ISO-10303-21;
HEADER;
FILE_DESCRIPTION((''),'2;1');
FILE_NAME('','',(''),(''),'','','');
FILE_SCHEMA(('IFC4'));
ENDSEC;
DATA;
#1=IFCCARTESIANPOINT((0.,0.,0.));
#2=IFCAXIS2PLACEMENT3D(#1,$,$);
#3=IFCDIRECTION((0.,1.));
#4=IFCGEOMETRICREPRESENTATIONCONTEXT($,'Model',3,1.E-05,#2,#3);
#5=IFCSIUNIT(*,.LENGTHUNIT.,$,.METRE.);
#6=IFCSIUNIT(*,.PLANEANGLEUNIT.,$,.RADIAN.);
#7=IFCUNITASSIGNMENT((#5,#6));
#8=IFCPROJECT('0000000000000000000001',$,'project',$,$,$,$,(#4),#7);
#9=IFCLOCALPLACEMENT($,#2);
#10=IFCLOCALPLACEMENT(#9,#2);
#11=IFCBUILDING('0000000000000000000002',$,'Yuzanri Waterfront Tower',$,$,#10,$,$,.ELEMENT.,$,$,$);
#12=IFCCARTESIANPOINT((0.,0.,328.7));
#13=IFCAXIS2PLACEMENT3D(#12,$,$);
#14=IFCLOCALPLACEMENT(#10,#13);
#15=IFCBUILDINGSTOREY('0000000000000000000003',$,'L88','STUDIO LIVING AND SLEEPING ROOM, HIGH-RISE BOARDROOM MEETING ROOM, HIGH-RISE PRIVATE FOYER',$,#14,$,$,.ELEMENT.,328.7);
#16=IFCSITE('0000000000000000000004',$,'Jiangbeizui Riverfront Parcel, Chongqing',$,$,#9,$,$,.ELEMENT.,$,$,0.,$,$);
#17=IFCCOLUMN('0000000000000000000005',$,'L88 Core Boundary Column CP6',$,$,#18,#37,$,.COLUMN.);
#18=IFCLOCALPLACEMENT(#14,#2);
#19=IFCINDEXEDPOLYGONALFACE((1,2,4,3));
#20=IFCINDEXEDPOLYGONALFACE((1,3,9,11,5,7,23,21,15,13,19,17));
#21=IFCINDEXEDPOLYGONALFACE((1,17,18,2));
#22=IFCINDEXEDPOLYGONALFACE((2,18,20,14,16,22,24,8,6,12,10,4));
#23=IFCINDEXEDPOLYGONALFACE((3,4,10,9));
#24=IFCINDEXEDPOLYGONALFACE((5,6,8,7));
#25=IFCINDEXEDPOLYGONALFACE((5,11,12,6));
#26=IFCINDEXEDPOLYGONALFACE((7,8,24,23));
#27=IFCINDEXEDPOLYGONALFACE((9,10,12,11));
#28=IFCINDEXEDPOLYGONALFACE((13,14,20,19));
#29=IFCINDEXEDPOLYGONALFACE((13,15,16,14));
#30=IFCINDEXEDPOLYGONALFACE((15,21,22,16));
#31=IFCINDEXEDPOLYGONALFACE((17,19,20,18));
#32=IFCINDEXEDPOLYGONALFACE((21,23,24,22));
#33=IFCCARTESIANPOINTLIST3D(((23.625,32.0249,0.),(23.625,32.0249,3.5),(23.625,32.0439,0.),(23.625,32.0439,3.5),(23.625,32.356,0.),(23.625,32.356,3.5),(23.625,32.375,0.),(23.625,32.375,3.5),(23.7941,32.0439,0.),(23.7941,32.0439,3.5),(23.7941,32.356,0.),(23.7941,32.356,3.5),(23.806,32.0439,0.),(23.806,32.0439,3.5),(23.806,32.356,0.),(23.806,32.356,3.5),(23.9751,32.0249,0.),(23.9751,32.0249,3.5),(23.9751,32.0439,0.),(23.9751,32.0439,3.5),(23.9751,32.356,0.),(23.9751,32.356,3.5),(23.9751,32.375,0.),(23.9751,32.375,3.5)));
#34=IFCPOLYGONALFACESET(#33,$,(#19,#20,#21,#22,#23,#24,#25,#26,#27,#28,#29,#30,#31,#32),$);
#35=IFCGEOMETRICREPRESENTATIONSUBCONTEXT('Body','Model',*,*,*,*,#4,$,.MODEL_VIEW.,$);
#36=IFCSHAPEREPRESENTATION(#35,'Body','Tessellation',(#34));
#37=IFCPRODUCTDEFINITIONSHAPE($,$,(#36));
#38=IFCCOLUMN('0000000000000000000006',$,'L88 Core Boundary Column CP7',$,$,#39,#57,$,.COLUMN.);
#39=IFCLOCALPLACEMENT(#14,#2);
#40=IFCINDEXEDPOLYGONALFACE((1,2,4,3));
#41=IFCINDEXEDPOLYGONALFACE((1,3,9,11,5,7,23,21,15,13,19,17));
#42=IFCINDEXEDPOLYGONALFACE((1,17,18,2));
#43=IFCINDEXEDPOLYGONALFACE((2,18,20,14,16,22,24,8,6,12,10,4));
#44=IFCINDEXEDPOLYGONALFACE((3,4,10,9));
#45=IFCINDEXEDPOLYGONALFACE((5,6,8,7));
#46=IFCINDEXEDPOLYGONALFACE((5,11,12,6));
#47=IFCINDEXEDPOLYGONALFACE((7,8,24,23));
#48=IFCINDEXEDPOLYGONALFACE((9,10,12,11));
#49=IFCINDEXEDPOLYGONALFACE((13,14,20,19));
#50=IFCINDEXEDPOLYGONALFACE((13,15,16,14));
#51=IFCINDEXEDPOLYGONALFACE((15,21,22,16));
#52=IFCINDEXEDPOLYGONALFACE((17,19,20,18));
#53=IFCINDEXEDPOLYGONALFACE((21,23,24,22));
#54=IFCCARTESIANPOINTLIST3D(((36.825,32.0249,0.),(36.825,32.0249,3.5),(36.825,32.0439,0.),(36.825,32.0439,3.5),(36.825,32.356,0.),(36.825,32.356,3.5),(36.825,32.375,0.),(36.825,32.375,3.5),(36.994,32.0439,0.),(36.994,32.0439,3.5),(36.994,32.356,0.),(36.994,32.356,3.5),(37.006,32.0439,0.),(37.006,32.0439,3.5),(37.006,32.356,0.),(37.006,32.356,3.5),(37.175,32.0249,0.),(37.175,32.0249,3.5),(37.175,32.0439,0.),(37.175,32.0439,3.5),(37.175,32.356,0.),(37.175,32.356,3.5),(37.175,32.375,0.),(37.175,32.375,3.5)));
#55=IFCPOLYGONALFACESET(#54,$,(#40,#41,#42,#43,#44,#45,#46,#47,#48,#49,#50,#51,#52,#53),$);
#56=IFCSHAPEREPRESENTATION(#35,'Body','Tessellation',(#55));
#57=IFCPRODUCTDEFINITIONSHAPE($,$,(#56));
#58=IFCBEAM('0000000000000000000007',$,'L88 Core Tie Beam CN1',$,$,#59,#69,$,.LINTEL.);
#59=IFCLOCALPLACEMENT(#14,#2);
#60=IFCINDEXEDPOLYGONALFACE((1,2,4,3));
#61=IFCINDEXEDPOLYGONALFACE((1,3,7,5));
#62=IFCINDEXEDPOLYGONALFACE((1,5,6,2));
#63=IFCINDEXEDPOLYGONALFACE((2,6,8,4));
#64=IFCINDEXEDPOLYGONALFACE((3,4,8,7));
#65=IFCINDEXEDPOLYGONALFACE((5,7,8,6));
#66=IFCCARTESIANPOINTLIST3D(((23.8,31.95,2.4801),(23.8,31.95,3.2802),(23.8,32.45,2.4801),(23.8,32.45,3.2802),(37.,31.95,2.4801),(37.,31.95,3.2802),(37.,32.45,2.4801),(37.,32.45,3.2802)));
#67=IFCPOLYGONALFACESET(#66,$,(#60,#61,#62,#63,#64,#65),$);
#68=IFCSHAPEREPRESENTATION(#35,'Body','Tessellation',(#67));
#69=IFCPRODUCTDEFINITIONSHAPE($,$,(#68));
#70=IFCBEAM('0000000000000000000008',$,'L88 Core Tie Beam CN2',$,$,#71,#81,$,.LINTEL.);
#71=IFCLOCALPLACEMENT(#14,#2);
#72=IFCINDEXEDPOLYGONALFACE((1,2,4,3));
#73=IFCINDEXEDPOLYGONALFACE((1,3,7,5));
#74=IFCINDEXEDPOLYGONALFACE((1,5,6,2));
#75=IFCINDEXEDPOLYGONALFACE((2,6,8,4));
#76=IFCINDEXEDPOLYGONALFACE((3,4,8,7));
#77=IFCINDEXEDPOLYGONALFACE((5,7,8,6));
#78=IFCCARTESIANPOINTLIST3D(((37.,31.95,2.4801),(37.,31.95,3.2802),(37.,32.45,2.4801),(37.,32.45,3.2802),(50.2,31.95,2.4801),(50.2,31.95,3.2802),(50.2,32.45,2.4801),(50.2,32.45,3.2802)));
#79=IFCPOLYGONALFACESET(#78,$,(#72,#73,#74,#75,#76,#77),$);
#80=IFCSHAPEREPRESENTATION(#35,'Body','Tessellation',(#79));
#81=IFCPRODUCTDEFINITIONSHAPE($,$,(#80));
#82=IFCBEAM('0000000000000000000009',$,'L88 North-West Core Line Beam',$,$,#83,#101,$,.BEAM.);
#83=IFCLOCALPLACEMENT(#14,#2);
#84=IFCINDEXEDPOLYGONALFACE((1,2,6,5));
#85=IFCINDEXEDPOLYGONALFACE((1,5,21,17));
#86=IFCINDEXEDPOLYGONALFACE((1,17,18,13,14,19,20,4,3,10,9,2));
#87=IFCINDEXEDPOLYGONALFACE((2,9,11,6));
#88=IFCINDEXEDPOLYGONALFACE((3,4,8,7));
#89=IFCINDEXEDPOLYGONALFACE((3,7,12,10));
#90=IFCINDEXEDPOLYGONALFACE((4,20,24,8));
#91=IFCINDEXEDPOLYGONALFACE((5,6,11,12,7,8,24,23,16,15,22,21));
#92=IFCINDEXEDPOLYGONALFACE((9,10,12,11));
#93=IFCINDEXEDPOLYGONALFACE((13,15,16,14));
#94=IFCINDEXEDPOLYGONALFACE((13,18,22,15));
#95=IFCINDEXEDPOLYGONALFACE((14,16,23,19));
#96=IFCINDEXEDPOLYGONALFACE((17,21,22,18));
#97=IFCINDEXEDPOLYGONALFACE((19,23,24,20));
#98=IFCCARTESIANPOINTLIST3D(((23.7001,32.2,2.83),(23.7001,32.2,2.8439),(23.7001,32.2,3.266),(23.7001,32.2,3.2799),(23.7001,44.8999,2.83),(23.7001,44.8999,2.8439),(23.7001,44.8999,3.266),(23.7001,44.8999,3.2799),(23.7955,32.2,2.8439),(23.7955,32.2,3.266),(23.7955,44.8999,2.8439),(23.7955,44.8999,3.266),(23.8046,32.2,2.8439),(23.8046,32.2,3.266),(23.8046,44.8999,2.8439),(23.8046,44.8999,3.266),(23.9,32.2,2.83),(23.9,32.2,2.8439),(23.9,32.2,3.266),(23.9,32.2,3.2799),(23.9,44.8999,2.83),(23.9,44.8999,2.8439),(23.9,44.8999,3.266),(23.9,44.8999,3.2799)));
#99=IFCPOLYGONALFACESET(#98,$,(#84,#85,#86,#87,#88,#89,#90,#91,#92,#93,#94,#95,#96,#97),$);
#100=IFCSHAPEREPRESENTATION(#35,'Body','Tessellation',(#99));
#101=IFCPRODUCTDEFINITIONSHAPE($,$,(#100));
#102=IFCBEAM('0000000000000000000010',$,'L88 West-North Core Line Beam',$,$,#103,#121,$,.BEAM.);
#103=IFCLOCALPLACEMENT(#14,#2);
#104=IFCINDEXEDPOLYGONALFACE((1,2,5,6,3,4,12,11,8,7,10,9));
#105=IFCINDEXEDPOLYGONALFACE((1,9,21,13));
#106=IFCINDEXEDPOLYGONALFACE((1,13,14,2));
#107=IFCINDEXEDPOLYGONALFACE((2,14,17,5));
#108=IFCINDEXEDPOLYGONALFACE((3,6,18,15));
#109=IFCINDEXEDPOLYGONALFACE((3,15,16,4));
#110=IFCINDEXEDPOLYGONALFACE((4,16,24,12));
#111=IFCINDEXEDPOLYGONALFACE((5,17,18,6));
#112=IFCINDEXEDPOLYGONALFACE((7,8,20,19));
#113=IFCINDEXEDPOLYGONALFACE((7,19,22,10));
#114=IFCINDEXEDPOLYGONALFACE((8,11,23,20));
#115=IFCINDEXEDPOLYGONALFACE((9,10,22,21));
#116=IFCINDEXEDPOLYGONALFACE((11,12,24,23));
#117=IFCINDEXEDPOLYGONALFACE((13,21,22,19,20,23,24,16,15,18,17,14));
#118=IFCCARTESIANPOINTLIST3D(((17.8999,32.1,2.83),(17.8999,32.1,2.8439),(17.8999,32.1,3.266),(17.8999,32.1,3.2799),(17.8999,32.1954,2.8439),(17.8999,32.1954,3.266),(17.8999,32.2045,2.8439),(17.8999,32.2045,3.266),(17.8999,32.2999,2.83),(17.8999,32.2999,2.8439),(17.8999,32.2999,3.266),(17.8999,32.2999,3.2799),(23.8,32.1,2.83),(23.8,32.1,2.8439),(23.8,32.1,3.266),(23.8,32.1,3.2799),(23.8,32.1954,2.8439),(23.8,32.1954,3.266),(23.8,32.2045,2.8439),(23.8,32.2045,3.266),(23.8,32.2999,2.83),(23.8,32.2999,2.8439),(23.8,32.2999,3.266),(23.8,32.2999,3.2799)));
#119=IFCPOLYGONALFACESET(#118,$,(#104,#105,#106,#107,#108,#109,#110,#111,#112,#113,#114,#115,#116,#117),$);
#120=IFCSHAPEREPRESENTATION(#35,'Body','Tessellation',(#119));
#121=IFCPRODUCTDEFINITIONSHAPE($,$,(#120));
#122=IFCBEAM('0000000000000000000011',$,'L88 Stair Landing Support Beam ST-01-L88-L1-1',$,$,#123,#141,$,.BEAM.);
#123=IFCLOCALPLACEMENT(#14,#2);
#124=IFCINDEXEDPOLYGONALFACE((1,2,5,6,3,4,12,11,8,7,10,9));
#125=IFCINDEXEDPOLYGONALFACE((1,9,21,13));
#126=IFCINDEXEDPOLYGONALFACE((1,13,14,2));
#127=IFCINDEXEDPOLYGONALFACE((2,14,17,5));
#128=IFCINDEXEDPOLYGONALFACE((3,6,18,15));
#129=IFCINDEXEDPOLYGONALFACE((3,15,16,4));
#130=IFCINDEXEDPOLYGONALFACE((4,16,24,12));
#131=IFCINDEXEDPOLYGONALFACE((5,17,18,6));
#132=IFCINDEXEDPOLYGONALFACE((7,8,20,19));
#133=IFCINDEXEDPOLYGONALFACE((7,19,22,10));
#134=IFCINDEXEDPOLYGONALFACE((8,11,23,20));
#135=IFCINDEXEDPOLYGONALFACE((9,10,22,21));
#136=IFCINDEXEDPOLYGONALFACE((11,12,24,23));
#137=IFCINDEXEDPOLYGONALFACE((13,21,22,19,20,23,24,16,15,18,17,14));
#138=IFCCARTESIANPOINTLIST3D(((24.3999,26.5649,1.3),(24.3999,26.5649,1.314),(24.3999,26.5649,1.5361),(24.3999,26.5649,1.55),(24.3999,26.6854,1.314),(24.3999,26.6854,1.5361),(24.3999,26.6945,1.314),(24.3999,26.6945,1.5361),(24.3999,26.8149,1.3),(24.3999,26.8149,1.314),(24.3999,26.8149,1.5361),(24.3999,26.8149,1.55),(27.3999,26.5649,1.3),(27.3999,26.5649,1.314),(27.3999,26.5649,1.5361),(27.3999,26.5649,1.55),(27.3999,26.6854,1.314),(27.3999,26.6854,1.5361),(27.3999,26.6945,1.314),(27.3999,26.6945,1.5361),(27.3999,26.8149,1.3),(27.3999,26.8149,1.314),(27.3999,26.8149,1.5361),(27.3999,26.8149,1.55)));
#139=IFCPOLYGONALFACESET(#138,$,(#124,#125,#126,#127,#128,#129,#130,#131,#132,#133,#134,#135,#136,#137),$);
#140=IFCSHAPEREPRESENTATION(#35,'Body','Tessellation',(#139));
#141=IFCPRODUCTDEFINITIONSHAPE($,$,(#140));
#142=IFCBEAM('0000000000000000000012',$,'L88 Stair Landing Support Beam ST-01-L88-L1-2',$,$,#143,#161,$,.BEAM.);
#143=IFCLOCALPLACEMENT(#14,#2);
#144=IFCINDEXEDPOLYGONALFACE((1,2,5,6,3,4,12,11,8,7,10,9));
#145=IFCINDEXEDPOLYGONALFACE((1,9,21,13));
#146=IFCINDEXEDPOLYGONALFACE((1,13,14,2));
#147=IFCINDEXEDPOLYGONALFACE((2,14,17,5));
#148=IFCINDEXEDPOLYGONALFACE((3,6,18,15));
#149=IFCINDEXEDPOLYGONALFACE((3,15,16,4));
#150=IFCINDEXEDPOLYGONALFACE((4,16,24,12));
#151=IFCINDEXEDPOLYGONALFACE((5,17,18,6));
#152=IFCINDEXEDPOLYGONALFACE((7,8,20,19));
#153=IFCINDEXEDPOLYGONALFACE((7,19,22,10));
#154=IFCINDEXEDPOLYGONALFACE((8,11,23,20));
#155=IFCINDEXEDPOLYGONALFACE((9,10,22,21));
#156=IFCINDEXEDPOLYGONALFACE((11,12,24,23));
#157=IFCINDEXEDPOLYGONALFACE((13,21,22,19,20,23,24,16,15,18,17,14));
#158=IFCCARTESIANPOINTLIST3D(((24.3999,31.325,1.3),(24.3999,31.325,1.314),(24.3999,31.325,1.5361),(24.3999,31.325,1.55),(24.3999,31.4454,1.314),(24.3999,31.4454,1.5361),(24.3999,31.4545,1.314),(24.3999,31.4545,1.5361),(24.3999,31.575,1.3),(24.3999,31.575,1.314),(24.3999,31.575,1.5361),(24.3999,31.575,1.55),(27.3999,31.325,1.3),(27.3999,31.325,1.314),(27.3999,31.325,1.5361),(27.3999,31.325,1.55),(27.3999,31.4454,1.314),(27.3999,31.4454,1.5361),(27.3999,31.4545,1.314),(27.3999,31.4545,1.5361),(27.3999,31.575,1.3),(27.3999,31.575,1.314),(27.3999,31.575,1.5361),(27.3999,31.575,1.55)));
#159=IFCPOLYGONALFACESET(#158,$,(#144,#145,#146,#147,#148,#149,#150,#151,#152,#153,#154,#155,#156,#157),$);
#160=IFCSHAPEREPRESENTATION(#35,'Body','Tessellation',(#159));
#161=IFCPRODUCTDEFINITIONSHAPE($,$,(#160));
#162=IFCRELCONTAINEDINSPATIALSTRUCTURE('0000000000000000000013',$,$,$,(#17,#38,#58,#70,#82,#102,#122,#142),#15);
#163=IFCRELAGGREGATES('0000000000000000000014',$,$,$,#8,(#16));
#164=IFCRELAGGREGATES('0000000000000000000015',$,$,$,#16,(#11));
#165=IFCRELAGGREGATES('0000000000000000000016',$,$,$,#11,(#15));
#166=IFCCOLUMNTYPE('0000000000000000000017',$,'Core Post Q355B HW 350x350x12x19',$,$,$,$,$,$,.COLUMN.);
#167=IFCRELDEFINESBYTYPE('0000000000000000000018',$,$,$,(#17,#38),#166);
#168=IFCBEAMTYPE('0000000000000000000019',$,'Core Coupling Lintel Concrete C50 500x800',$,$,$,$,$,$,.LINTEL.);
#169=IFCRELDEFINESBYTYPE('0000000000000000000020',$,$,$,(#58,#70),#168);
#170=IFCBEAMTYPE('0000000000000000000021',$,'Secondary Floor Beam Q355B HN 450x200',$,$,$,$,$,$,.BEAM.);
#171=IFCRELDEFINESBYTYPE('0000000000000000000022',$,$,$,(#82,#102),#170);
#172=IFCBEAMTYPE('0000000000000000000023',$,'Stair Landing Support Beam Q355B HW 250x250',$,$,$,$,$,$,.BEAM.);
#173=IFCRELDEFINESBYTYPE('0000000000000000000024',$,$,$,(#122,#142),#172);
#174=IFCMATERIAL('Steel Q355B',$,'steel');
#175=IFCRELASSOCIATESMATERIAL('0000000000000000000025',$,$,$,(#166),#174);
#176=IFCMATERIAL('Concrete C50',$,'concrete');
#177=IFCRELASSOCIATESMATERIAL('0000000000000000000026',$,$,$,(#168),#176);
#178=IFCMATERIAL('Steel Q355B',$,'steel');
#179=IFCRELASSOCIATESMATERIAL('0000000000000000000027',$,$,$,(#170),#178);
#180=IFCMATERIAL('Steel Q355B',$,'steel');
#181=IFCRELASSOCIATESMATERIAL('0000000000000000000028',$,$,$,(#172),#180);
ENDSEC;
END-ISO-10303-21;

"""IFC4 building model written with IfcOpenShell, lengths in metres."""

from ifc_helpers import new_model, si_unit, direction, frame, origin, origin_2d, place, context, subcontext, project, spatial, rectangle, i_section, extrude, source, transform, mapped, material, material_profile, profile_set, type_object, element, save


model = new_model("IFC4")

# Units and contexts
model_context = context("Model", 3, precision=1e-05, world=origin(), true_north=direction((0.0, 1.0)))
body_context = subcontext(model_context, "Body", "Model", "MODEL_VIEW")
ifc_project = project(units=[si_unit("LENGTHUNIT", "METRE"), si_unit("PLANEANGLEUNIT", "RADIAN")], contexts=[model_context])

# Site, building, storey
site_placement = place(None, origin())
site = spatial("IfcSite", under=ifc_project, at=site_placement, Name="Jiangbeizui Riverfront Parcel, Chongqing", CompositionType="ELEMENT", RefElevation=0.0)
building_placement = place(site_placement, origin())
building = spatial("IfcBuilding", under=site, at=building_placement, Name="Yuzanri Waterfront Tower", CompositionType="ELEMENT")
storey_placement = place(building_placement, frame((0.0, 0.0, 328.7)))
storey = spatial("IfcBuildingStorey", under=building, at=storey_placement, Name="L88", Description="STUDIO LIVING AND SLEEPING ROOM, HIGH-RISE BOARDROOM MEETING ROOM, HIGH-RISE PRIVATE FOYER", CompositionType="ELEMENT", Elevation=328.7)

# Columns
ifc_material_1 = material(Name="Steel Q355B", Category="steel")
ifc_material_profile_1 = material_profile(ifc_material_1, i_section(OverallWidth=0.3501, OverallDepth=0.3501, WebThickness=0.012, FlangeThickness=0.019, at=origin_2d()), Name="HW 350x350x12x19")
ifc_profile_set_1 = profile_set([ifc_material_profile_1], Name="Steel Q355B")
column_type = type_object("IfcColumnType", Name="Core Post Q355B HW 350x350x12x19", PredefinedType="COLUMN", material=ifc_profile_set_1)
shared_shape_1 = source(origin(), body_context, "Body", "SweptSolid", [
    extrude(i_section(OverallWidth=0.3501, OverallDepth=0.3501, WebThickness=0.012, FlangeThickness=0.019, at=origin_2d()), origin(), (0.0, 0.0, 1.0), 3.5),
])
for number, where, z_axis, x_axis, name in (
    (1, (23.8, 32.2, 0.0), (0.0, 0.0, 1.0), (1.0, 0.0, 0.0), "L88 Core Boundary Column CP6"),
    (2, (37.0, 32.2, 0.0), (0.0, 0.0, 1.0), (1.0, 0.0, 0.0), "L88 Core Boundary Column CP7"),
):
    element("IfcColumn", number, at=place(storey_placement, frame(where, z_axis=z_axis, x_axis=x_axis)), inside=storey, type_object=column_type, Name=name, PredefinedType="COLUMN", context=body_context, shape_type="MappedRepresentation", body=[
        mapped(shared_shape_1, transform((0.0, 0.0, 0.0), scale=1.0)),
    ])

# Beams
ifc_material_2 = material(Name="Concrete C50", Category="concrete")
ifc_material_profile_2 = material_profile(ifc_material_2, rectangle(XDim=0.5, YDim=0.8, at=origin_2d()), Name="RC 500x800")
ifc_profile_set_2 = profile_set([ifc_material_profile_2], Name="Concrete C50")
beam_type_1 = type_object("IfcBeamType", Name="Core Coupling Lintel Concrete C50 500x800", PredefinedType="LINTEL", material=ifc_profile_set_2)
shared_shape_2 = source(origin(), body_context, "Body", "SweptSolid", [
    extrude(rectangle(XDim=0.5, YDim=0.8, at=origin_2d()), origin(), (0.0, 0.0, 1.0), 13.2),
])
for number, where, z_axis, x_axis, name in (
    (3, (23.8, 32.2, 2.8801), (1.0, 0.0, 0.0), (0.0, 1.0, 0.0), "L88 Core Tie Beam CN1"),
    (4, (37.0, 32.2, 2.8801), (1.0, 0.0, 0.0), (0.0, 1.0, 0.0), "L88 Core Tie Beam CN2"),
):
    element("IfcBeam", number, at=place(storey_placement, frame(where, z_axis=z_axis, x_axis=x_axis)), inside=storey, type_object=beam_type_1, Name=name, PredefinedType="LINTEL", context=body_context, shape_type="MappedRepresentation", body=[
        mapped(shared_shape_2, transform((0.0, 0.0, 0.0), scale=1.0)),
    ])
ifc_material_3 = material(Name="Steel Q355B", Category="steel")
ifc_material_profile_3 = material_profile(ifc_material_3, i_section(OverallWidth=0.2, OverallDepth=0.45, WebThickness=0.009, FlangeThickness=0.0139, at=origin_2d()), Name="HN 450x200x9x14")
ifc_profile_set_3 = profile_set([ifc_material_profile_3], Name="Steel Q355B")
beam_type_2 = type_object("IfcBeamType", Name="Secondary Floor Beam Q355B HN 450x200", PredefinedType="BEAM", material=ifc_profile_set_3)
shared_shape_3 = source(origin(), body_context, "Body", "SweptSolid", [
    extrude(i_section(OverallWidth=0.2, OverallDepth=0.45, WebThickness=0.009, FlangeThickness=0.0139, at=origin_2d()), origin(), (0.0, 0.0, 1.0), 12.7),
])
beam_1_placement = place(storey_placement, frame((23.8, 32.2, 3.0549), z_axis=(0.0, 1.0, 0.0), x_axis=(-1.0, 0.0, 0.0)))
element("IfcBeam", 5, at=beam_1_placement, inside=storey, type_object=beam_type_2, Name="L88 North-West Core Line Beam", PredefinedType="BEAM", context=body_context, shape_type="MappedRepresentation", body=[
    mapped(shared_shape_3, transform((0.0, 0.0, 0.0), scale=1.0)),
])
shared_shape_4 = source(origin(), body_context, "Body", "SweptSolid", [
    extrude(i_section(OverallWidth=0.2, OverallDepth=0.45, WebThickness=0.009, FlangeThickness=0.0139, at=origin_2d()), origin(), (0.0, 0.0, 1.0), 5.9001),
])
beam_2_placement = place(storey_placement, frame((23.8, 32.2, 3.0549), z_axis=(-1.0, 0.0, 0.0), x_axis=(0.0, -1.0, 0.0)))
element("IfcBeam", 6, at=beam_2_placement, inside=storey, type_object=beam_type_2, Name="L88 West-North Core Line Beam", PredefinedType="BEAM", context=body_context, shape_type="MappedRepresentation", body=[
    mapped(shared_shape_4, transform((0.0, 0.0, 0.0), scale=1.0)),
])
ifc_material_4 = material(Name="Steel Q355B", Category="steel")
ifc_material_profile_4 = material_profile(ifc_material_4, i_section(OverallWidth=0.25, OverallDepth=0.25, WebThickness=0.009, FlangeThickness=0.0139, at=origin_2d()), Name="HW 250x250x9x14")
ifc_profile_set_4 = profile_set([ifc_material_profile_4], Name="Steel Q355B")
beam_type_3 = type_object("IfcBeamType", Name="Stair Landing Support Beam Q355B HW 250x250", PredefinedType="BEAM", material=ifc_profile_set_4)
shared_shape_5 = source(origin(), body_context, "Body", "SweptSolid", [
    extrude(i_section(OverallWidth=0.25, OverallDepth=0.25, WebThickness=0.009, FlangeThickness=0.0139, at=origin_2d()), origin(), (0.0, 0.0, 1.0), 3.0),
])
for number, where, z_axis, x_axis, name in (
    (7, (24.3999, 26.6899, 1.425), (1.0, 0.0, 0.0), (0.0, 1.0, 0.0), "L88 Stair Landing Support Beam ST-01-L88-L1-1"),
    (8, (24.3999, 31.45, 1.425), (1.0, 0.0, 0.0), (0.0, 1.0, 0.0), "L88 Stair Landing Support Beam ST-01-L88-L1-2"),
):
    element("IfcBeam", number, at=place(storey_placement, frame(where, z_axis=z_axis, x_axis=x_axis)), inside=storey, type_object=beam_type_3, Name=name, PredefinedType="BEAM", context=body_context, shape_type="MappedRepresentation", body=[
        mapped(shared_shape_5, transform((0.0, 0.0, 0.0), scale=1.0)),
    ])

save(model, "model.ifc")
